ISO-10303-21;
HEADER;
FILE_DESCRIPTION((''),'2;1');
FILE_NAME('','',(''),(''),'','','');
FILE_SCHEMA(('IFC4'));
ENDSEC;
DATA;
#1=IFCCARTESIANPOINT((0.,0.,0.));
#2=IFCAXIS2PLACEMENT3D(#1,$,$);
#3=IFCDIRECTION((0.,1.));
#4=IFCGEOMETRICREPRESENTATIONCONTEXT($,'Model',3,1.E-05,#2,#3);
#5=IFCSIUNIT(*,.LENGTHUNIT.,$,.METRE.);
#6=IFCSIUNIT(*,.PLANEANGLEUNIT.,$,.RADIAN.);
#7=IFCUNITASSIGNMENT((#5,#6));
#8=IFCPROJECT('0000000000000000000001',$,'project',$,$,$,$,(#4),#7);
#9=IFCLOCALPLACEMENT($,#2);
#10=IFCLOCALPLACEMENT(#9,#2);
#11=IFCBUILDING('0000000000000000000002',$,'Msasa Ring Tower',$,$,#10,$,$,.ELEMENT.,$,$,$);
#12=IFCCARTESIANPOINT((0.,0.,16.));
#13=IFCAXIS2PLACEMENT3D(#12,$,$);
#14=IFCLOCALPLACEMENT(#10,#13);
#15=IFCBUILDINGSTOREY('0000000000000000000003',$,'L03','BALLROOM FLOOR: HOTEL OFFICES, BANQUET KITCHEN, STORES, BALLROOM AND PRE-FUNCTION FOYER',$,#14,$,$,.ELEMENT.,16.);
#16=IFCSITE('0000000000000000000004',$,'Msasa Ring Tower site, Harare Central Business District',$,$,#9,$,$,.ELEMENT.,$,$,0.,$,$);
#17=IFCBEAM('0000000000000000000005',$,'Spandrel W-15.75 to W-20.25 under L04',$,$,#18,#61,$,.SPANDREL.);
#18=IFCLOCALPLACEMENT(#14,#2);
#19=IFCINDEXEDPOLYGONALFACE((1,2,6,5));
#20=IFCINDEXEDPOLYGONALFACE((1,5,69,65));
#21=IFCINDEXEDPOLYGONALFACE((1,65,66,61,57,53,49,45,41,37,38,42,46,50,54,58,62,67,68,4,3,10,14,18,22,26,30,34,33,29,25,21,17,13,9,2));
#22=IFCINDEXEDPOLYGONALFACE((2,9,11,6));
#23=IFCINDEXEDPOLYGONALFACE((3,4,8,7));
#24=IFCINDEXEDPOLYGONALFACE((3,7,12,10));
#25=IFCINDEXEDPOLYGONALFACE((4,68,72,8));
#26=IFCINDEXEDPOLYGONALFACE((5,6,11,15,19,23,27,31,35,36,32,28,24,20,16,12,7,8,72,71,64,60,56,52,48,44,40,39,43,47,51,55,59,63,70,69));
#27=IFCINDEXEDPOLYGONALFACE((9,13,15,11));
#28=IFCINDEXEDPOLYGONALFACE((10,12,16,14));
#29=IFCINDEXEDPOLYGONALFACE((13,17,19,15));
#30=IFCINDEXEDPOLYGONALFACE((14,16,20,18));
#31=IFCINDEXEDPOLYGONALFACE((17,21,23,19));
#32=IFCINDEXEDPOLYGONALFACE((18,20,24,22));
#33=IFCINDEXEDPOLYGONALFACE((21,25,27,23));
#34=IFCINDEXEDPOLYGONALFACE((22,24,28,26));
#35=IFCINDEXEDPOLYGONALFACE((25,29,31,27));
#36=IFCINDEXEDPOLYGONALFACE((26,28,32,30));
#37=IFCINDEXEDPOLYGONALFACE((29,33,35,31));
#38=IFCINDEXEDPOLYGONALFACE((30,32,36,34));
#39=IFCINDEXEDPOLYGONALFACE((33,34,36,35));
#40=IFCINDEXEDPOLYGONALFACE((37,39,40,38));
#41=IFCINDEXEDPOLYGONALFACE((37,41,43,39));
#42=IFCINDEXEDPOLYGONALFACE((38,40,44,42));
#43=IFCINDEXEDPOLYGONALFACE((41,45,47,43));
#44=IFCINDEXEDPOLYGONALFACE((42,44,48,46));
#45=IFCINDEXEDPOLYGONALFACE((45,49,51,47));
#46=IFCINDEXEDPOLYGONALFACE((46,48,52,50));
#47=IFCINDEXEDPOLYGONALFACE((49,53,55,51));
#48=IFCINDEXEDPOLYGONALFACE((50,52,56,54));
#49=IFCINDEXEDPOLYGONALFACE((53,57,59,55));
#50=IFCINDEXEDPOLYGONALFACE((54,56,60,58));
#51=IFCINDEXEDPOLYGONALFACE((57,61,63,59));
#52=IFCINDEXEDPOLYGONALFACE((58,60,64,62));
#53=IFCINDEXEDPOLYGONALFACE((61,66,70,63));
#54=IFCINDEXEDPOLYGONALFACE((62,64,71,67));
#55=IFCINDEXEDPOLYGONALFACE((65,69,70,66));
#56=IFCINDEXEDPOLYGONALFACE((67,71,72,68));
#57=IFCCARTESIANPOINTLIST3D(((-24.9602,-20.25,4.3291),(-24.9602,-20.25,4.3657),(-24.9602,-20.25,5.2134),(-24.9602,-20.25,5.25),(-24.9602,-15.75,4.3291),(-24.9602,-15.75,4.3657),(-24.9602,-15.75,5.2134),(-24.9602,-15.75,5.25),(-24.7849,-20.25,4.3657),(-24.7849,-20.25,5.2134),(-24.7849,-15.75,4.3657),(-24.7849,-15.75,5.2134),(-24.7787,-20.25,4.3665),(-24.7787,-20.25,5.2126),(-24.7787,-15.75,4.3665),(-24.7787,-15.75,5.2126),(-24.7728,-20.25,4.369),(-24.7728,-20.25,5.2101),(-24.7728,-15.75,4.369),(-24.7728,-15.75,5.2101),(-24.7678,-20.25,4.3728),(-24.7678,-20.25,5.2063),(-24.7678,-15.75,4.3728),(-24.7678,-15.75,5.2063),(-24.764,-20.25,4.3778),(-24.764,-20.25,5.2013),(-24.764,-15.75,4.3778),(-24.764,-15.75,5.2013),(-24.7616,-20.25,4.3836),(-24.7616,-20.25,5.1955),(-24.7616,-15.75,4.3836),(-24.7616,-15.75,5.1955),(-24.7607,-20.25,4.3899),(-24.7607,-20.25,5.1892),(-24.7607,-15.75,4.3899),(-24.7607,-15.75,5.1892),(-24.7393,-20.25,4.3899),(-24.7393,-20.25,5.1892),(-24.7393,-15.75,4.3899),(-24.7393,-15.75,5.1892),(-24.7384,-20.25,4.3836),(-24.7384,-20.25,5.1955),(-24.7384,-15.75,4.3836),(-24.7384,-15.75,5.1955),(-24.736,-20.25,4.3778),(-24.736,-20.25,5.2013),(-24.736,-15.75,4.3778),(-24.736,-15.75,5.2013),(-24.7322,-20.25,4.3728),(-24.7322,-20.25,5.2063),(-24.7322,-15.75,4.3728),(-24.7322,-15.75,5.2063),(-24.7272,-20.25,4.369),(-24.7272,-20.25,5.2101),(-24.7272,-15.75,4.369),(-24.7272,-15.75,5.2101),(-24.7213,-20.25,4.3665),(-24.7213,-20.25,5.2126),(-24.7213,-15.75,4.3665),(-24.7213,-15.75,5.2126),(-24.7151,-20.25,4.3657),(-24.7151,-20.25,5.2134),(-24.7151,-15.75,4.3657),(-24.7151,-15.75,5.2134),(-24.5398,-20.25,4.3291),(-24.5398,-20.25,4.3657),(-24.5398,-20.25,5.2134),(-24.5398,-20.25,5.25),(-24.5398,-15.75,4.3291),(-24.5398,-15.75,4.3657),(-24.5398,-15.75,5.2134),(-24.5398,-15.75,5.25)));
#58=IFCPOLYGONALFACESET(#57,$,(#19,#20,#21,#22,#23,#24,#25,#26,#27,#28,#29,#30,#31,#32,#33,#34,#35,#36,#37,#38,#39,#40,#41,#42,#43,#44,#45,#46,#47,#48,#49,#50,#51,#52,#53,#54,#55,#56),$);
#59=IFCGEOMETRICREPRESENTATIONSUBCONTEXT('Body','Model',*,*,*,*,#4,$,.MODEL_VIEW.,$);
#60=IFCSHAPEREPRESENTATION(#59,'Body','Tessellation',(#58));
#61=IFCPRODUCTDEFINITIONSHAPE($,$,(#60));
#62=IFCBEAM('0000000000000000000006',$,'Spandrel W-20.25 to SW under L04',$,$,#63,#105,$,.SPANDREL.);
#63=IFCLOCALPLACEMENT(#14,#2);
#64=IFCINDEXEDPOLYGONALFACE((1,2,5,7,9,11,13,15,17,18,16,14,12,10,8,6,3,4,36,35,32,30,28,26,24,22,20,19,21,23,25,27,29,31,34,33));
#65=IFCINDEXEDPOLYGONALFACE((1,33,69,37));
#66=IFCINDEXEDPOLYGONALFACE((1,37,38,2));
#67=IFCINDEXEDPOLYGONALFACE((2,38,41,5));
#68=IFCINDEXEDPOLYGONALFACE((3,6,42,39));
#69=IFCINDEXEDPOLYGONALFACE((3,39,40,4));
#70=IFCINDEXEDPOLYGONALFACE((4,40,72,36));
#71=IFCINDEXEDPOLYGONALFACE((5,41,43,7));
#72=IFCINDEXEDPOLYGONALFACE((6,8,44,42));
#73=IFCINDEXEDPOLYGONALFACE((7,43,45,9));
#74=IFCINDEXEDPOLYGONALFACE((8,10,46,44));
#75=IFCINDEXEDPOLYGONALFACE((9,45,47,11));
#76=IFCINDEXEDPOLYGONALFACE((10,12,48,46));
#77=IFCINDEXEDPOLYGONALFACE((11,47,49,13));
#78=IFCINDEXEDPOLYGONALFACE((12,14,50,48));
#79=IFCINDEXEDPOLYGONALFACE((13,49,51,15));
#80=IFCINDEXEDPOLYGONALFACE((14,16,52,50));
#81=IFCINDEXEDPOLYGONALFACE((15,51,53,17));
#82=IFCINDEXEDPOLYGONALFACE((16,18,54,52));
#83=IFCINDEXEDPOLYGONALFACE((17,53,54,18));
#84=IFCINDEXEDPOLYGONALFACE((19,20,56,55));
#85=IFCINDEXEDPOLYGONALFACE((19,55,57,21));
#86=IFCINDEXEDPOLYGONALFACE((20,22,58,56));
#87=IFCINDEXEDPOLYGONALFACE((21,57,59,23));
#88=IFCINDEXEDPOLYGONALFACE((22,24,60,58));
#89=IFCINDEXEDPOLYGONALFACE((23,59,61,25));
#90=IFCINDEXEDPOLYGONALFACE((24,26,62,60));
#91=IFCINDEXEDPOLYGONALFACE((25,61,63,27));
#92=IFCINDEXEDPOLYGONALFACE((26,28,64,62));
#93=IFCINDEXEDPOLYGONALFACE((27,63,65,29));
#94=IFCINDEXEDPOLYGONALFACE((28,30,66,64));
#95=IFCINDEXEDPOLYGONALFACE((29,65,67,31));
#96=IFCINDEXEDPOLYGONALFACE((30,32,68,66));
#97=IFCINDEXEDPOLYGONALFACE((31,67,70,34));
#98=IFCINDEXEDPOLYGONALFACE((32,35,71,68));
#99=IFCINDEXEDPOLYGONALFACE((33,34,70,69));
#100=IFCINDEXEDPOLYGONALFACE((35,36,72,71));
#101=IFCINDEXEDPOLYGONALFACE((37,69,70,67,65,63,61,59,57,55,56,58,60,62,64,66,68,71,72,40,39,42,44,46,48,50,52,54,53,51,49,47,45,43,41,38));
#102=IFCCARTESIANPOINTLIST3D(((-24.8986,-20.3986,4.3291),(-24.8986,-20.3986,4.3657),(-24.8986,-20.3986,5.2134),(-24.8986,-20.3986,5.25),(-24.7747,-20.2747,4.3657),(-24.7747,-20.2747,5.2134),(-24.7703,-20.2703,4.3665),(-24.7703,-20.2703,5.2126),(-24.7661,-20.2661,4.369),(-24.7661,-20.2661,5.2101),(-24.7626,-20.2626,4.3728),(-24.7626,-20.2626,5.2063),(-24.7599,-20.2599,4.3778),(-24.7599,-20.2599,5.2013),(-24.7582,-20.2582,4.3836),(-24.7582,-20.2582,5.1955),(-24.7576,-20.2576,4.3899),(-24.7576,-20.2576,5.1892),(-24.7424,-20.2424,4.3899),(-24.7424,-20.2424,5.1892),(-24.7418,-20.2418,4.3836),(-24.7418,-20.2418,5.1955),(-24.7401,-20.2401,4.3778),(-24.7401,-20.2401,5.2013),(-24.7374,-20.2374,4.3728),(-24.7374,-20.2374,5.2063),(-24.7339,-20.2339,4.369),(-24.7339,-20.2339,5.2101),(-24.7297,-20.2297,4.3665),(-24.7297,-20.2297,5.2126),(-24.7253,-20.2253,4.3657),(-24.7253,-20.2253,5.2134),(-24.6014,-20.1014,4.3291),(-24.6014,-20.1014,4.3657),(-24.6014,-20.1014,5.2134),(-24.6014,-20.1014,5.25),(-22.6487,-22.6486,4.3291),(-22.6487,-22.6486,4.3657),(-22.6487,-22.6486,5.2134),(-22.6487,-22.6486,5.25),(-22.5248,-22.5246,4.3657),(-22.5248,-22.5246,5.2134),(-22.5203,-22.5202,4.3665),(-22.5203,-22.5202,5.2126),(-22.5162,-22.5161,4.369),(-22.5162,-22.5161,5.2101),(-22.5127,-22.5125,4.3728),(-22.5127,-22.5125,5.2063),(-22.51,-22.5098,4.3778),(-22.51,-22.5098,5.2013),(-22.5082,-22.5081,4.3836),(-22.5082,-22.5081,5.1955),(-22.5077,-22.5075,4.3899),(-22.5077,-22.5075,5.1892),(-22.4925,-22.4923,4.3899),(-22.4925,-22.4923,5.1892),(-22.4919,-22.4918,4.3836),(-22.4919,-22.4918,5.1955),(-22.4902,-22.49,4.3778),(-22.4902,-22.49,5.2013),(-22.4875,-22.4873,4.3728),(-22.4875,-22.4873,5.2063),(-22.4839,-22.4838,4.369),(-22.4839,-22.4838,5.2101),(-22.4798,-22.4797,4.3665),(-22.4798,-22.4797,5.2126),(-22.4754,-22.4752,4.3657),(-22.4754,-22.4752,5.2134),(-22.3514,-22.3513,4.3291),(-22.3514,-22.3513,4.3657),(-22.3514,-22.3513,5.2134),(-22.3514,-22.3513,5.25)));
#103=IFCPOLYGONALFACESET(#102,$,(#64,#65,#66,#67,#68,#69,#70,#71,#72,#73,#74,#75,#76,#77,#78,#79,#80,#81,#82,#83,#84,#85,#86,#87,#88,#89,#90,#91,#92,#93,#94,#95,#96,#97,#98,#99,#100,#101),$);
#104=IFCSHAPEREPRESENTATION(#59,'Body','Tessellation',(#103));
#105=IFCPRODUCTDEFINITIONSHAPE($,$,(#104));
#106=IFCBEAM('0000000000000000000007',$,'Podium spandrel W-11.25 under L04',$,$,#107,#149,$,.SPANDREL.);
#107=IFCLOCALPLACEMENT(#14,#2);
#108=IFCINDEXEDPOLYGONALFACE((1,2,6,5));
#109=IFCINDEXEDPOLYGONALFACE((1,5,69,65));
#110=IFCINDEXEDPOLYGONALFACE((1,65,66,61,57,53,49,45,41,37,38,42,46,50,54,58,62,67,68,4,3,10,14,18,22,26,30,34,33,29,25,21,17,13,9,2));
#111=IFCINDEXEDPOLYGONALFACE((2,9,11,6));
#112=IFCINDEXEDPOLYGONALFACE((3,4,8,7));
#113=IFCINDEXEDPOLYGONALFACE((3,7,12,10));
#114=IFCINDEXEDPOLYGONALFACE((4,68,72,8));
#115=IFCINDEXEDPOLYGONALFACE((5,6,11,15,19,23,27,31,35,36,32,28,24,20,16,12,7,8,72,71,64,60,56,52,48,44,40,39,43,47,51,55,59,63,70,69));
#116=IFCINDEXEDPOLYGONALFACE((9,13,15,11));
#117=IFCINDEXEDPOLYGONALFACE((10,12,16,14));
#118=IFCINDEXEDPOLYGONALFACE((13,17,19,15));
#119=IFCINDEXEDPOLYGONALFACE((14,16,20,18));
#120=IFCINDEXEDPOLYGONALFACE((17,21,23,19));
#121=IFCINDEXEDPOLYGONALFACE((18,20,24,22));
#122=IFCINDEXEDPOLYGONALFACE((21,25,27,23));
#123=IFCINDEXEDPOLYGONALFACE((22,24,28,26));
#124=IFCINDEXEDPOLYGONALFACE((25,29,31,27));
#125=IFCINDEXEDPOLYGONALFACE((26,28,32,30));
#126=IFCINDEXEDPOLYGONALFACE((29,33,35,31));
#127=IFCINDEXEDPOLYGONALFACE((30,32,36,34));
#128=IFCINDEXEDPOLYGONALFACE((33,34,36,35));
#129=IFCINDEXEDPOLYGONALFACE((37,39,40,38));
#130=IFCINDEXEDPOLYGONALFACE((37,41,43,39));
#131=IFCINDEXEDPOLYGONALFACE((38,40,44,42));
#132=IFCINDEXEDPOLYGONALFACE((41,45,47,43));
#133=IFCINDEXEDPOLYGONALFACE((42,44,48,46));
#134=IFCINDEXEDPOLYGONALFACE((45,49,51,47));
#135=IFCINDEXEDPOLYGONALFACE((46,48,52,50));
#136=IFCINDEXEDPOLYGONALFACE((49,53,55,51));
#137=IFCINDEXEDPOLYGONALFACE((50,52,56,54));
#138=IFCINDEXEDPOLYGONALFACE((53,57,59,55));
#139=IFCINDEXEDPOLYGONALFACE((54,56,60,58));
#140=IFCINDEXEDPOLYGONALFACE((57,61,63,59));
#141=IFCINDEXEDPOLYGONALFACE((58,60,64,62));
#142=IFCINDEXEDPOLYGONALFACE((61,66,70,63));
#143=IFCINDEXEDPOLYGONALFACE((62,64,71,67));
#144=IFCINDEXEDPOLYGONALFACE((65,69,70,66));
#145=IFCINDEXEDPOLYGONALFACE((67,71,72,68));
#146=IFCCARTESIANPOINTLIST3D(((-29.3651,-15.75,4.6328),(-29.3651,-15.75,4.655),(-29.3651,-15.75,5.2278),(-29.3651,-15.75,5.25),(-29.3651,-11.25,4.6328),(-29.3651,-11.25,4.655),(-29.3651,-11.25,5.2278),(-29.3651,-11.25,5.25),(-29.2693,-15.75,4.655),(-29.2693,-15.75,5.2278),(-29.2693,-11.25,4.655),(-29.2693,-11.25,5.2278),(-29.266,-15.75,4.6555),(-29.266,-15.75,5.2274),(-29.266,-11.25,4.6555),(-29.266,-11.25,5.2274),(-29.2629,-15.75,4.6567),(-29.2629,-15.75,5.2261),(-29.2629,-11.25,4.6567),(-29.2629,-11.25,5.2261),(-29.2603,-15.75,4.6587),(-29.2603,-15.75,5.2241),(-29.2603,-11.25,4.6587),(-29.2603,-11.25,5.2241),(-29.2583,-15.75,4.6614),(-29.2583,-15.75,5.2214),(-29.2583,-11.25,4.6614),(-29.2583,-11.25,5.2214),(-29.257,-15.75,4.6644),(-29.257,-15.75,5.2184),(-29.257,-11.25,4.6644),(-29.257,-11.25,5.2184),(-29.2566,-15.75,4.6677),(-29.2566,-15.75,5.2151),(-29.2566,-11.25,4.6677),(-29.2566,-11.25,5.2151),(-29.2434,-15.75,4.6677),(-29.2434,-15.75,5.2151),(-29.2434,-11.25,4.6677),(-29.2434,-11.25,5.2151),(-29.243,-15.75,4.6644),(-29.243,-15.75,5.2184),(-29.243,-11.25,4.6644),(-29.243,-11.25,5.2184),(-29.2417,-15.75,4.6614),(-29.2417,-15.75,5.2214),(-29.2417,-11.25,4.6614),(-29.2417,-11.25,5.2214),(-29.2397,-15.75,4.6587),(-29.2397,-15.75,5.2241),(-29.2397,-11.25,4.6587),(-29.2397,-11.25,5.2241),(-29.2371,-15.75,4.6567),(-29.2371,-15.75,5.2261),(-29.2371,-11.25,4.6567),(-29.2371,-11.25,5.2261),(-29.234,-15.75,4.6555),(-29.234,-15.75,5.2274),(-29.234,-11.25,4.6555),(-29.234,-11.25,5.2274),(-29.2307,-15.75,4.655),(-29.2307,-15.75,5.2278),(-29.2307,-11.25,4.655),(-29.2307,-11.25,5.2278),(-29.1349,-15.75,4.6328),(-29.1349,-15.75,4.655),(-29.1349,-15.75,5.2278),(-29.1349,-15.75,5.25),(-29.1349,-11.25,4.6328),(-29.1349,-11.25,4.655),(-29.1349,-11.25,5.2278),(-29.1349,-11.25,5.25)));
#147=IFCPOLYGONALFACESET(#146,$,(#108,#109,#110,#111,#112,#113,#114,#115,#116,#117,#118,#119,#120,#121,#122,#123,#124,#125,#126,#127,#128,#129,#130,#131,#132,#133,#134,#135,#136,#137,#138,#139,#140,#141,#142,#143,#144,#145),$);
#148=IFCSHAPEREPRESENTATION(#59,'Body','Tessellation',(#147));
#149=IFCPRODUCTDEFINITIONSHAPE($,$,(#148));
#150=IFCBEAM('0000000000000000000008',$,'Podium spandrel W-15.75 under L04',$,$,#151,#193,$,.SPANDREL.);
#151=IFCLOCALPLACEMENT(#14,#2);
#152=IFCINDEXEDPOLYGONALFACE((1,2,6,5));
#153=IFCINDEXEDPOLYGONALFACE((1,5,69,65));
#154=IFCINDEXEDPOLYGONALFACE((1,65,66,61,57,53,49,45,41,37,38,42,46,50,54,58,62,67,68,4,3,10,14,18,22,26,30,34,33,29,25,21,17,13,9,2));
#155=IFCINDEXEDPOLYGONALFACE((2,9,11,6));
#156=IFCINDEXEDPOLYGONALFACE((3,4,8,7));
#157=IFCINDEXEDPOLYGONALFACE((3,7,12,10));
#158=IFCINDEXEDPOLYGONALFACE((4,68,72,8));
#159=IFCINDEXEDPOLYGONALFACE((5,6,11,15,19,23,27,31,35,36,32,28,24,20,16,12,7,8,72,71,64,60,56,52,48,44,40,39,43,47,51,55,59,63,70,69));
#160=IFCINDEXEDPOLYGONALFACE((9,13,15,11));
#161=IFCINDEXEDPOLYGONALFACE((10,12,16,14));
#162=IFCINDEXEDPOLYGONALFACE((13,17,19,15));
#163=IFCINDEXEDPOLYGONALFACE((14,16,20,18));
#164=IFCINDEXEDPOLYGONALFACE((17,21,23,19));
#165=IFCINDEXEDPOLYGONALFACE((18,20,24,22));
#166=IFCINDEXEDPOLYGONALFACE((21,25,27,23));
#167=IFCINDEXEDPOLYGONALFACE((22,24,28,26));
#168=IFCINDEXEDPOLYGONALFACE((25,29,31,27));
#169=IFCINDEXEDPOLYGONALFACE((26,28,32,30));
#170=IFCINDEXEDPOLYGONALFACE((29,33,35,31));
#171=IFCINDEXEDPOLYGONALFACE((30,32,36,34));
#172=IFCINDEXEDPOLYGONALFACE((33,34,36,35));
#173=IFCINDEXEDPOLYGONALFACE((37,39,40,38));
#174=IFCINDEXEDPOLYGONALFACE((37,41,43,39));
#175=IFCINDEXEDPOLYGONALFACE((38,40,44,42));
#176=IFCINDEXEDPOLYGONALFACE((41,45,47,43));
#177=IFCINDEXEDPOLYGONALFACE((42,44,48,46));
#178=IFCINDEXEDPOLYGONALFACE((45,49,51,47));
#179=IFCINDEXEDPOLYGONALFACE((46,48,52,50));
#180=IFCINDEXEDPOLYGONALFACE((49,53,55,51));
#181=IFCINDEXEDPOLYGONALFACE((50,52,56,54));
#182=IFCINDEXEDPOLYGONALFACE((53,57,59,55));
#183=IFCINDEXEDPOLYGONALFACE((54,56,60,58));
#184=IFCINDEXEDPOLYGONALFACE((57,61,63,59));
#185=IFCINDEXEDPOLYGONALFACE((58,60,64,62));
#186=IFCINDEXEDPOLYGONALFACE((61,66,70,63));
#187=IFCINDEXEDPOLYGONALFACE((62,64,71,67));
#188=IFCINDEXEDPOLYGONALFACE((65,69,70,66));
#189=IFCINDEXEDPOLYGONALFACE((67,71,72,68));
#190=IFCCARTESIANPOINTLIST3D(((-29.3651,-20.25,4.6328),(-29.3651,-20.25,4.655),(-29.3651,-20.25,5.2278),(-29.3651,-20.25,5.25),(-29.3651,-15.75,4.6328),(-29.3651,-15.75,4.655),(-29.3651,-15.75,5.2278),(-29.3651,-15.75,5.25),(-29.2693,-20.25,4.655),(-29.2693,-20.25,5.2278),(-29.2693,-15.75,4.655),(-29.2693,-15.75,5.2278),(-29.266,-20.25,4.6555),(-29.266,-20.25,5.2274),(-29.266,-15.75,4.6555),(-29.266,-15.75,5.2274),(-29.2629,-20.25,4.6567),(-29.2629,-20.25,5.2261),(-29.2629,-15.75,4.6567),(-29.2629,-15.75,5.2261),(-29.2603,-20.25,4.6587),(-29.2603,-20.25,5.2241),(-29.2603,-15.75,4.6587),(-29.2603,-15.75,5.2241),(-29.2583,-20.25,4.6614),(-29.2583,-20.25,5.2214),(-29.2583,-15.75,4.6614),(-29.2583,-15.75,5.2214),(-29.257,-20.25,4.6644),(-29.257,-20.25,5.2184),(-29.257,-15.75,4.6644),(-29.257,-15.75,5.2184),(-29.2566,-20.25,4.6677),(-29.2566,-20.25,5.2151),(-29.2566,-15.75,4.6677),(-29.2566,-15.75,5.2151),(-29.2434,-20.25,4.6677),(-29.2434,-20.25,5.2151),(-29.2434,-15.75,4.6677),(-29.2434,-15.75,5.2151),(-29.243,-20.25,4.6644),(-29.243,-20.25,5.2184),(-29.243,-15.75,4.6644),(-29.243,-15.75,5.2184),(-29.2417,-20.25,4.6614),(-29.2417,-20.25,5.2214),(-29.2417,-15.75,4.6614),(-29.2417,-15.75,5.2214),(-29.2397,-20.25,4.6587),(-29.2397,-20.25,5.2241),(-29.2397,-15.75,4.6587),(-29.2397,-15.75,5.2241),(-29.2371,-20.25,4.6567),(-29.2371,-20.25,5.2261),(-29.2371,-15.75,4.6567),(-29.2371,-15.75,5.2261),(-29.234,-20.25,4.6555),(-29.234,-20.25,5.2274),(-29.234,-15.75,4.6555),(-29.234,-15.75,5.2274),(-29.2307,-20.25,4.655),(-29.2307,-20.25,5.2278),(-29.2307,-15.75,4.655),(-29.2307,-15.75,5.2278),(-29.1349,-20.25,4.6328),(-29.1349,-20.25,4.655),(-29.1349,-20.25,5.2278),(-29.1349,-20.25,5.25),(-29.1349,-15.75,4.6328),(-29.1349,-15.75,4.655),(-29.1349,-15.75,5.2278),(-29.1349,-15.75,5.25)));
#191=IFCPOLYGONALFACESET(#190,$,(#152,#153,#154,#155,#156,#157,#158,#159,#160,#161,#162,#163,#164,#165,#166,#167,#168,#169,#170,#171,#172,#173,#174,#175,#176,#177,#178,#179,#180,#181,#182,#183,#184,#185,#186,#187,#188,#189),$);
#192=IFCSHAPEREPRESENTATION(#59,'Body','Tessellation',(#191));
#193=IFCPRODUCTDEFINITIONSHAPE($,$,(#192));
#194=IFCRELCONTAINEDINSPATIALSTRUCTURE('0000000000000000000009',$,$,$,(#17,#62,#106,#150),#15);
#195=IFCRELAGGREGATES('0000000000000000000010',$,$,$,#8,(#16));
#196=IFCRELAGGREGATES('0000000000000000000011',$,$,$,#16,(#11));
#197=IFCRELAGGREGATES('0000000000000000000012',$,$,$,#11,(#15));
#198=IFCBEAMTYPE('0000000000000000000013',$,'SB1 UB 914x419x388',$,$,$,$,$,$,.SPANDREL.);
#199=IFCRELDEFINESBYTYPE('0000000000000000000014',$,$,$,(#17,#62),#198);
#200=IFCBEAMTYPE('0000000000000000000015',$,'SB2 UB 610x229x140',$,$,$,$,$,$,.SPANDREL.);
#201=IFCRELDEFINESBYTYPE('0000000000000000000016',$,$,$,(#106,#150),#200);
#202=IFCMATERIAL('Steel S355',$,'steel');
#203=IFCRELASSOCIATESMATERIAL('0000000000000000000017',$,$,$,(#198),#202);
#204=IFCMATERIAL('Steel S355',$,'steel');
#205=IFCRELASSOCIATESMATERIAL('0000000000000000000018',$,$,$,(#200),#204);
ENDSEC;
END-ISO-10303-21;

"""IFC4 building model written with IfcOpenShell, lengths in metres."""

from ifc_helpers import new_model, si_unit, direction, frame, origin, origin_2d, place, context, subcontext, project, spatial, i_section, extrude, material, material_profile, profile_set, type_object, element, save


model = new_model("IFC4")

# Units and contexts
model_context = context("Model", 3, precision=1e-05, world=origin(), true_north=direction((0.0, 1.0)))
body_context = subcontext(model_context, "Body", "Model", "MODEL_VIEW")
ifc_project = project(units=[si_unit("LENGTHUNIT", "METRE"), si_unit("PLANEANGLEUNIT", "RADIAN")], contexts=[model_context])

# Site, building, storey
site_placement = place(None, origin())
site = spatial("IfcSite", under=ifc_project, at=site_placement, Name="Msasa Ring Tower site, Harare Central Business District", CompositionType="ELEMENT", RefElevation=0.0)
building_placement = place(site_placement, origin())
building = spatial("IfcBuilding", under=site, at=building_placement, Name="Msasa Ring Tower", CompositionType="ELEMENT")
storey_placement = place(building_placement, frame((0.0, 0.0, 16.0)))
storey = spatial("IfcBuildingStorey", under=building, at=storey_placement, Name="L03", Description="BALLROOM FLOOR: HOTEL OFFICES, BANQUET KITCHEN, STORES, BALLROOM AND PRE-FUNCTION FOYER", CompositionType="ELEMENT", Elevation=16.0)

# Beams
ifc_material_1 = material(Name="Steel S355", Category="steel")
ifc_material_profile_1 = material_profile(ifc_material_1, i_section(OverallWidth=0.4204, OverallDepth=0.9209, WebThickness=0.0215, FlangeThickness=0.0366, FilletRadius=0.0242, at=origin_2d()), Name="UB 914x419x388")
ifc_profile_set_1 = profile_set([ifc_material_profile_1], Name="Steel S355")
beam_type_1 = type_object("IfcBeamType", Name="SB1 UB 914x419x388", PredefinedType="SPANDREL", material=ifc_profile_set_1)
beam_1_placement = place(storey_placement, frame((-24.75, -15.75, 4.7896), z_axis=(0.0, -1.0, 0.0), x_axis=(1.0, 0.0, 0.0)))
element("IfcBeam", 1, at=beam_1_placement, inside=storey, type_object=beam_type_1, Name="Spandrel W-15.75 to W-20.25 under L04", PredefinedType="SPANDREL", context=body_context, shape_type="SweptSolid", body=[
    extrude(i_section(OverallWidth=0.4204, OverallDepth=0.9209, WebThickness=0.0215, FlangeThickness=0.0366, FilletRadius=0.0242, at=origin_2d()), origin(), (0.0, 0.0, 1.0), 4.5),
])
beam_2_placement = place(storey_placement, frame((-24.75, -20.25, 4.7896), z_axis=(0.707107, -0.707107, 0.0), x_axis=(0.707107, 0.707107, 0.0)))
element("IfcBeam", 2, at=beam_2_placement, inside=storey, type_object=beam_type_1, Name="Spandrel W-20.25 to SW under L04", PredefinedType="SPANDREL", context=body_context, shape_type="SweptSolid", body=[
    extrude(i_section(OverallWidth=0.4204, OverallDepth=0.9209, WebThickness=0.0215, FlangeThickness=0.0366, FilletRadius=0.0242, at=origin_2d()), origin(), (0.0, 0.0, 1.0), 3.1819),
])
ifc_material_2 = material(Name="Steel S355", Category="steel")
ifc_material_profile_2 = material_profile(ifc_material_2, i_section(OverallWidth=0.2302, OverallDepth=0.6172, WebThickness=0.0132, FlangeThickness=0.0222, FilletRadius=0.0127, at=origin_2d()), Name="UB 610x229x140")
ifc_profile_set_2 = profile_set([ifc_material_profile_2], Name="Steel S355")
beam_type_2 = type_object("IfcBeamType", Name="SB2 UB 610x229x140", PredefinedType="SPANDREL", material=ifc_profile_set_2)
for number, where, z_axis, x_axis, name in (
    (3, (-29.25, -11.25, 4.9414), (0.0, -1.0, 0.0), (1.0, 0.0, 0.0), "Podium spandrel W-11.25 under L04"),
    (4, (-29.25, -15.75, 4.9414), (0.0, -1.0, 0.0), (1.0, 0.0, 0.0), "Podium spandrel W-15.75 under L04"),
):
    element("IfcBeam", number, at=place(storey_placement, frame(where, z_axis=z_axis, x_axis=x_axis)), inside=storey, type_object=beam_type_2, Name=name, PredefinedType="SPANDREL", context=body_context, shape_type="SweptSolid", body=[
        extrude(i_section(OverallWidth=0.2302, OverallDepth=0.6172, WebThickness=0.0132, FlangeThickness=0.0222, FilletRadius=0.0127, at=origin_2d()), origin(), (0.0, 0.0, 1.0), 4.5),
    ])

save(model, "model.ifc")
